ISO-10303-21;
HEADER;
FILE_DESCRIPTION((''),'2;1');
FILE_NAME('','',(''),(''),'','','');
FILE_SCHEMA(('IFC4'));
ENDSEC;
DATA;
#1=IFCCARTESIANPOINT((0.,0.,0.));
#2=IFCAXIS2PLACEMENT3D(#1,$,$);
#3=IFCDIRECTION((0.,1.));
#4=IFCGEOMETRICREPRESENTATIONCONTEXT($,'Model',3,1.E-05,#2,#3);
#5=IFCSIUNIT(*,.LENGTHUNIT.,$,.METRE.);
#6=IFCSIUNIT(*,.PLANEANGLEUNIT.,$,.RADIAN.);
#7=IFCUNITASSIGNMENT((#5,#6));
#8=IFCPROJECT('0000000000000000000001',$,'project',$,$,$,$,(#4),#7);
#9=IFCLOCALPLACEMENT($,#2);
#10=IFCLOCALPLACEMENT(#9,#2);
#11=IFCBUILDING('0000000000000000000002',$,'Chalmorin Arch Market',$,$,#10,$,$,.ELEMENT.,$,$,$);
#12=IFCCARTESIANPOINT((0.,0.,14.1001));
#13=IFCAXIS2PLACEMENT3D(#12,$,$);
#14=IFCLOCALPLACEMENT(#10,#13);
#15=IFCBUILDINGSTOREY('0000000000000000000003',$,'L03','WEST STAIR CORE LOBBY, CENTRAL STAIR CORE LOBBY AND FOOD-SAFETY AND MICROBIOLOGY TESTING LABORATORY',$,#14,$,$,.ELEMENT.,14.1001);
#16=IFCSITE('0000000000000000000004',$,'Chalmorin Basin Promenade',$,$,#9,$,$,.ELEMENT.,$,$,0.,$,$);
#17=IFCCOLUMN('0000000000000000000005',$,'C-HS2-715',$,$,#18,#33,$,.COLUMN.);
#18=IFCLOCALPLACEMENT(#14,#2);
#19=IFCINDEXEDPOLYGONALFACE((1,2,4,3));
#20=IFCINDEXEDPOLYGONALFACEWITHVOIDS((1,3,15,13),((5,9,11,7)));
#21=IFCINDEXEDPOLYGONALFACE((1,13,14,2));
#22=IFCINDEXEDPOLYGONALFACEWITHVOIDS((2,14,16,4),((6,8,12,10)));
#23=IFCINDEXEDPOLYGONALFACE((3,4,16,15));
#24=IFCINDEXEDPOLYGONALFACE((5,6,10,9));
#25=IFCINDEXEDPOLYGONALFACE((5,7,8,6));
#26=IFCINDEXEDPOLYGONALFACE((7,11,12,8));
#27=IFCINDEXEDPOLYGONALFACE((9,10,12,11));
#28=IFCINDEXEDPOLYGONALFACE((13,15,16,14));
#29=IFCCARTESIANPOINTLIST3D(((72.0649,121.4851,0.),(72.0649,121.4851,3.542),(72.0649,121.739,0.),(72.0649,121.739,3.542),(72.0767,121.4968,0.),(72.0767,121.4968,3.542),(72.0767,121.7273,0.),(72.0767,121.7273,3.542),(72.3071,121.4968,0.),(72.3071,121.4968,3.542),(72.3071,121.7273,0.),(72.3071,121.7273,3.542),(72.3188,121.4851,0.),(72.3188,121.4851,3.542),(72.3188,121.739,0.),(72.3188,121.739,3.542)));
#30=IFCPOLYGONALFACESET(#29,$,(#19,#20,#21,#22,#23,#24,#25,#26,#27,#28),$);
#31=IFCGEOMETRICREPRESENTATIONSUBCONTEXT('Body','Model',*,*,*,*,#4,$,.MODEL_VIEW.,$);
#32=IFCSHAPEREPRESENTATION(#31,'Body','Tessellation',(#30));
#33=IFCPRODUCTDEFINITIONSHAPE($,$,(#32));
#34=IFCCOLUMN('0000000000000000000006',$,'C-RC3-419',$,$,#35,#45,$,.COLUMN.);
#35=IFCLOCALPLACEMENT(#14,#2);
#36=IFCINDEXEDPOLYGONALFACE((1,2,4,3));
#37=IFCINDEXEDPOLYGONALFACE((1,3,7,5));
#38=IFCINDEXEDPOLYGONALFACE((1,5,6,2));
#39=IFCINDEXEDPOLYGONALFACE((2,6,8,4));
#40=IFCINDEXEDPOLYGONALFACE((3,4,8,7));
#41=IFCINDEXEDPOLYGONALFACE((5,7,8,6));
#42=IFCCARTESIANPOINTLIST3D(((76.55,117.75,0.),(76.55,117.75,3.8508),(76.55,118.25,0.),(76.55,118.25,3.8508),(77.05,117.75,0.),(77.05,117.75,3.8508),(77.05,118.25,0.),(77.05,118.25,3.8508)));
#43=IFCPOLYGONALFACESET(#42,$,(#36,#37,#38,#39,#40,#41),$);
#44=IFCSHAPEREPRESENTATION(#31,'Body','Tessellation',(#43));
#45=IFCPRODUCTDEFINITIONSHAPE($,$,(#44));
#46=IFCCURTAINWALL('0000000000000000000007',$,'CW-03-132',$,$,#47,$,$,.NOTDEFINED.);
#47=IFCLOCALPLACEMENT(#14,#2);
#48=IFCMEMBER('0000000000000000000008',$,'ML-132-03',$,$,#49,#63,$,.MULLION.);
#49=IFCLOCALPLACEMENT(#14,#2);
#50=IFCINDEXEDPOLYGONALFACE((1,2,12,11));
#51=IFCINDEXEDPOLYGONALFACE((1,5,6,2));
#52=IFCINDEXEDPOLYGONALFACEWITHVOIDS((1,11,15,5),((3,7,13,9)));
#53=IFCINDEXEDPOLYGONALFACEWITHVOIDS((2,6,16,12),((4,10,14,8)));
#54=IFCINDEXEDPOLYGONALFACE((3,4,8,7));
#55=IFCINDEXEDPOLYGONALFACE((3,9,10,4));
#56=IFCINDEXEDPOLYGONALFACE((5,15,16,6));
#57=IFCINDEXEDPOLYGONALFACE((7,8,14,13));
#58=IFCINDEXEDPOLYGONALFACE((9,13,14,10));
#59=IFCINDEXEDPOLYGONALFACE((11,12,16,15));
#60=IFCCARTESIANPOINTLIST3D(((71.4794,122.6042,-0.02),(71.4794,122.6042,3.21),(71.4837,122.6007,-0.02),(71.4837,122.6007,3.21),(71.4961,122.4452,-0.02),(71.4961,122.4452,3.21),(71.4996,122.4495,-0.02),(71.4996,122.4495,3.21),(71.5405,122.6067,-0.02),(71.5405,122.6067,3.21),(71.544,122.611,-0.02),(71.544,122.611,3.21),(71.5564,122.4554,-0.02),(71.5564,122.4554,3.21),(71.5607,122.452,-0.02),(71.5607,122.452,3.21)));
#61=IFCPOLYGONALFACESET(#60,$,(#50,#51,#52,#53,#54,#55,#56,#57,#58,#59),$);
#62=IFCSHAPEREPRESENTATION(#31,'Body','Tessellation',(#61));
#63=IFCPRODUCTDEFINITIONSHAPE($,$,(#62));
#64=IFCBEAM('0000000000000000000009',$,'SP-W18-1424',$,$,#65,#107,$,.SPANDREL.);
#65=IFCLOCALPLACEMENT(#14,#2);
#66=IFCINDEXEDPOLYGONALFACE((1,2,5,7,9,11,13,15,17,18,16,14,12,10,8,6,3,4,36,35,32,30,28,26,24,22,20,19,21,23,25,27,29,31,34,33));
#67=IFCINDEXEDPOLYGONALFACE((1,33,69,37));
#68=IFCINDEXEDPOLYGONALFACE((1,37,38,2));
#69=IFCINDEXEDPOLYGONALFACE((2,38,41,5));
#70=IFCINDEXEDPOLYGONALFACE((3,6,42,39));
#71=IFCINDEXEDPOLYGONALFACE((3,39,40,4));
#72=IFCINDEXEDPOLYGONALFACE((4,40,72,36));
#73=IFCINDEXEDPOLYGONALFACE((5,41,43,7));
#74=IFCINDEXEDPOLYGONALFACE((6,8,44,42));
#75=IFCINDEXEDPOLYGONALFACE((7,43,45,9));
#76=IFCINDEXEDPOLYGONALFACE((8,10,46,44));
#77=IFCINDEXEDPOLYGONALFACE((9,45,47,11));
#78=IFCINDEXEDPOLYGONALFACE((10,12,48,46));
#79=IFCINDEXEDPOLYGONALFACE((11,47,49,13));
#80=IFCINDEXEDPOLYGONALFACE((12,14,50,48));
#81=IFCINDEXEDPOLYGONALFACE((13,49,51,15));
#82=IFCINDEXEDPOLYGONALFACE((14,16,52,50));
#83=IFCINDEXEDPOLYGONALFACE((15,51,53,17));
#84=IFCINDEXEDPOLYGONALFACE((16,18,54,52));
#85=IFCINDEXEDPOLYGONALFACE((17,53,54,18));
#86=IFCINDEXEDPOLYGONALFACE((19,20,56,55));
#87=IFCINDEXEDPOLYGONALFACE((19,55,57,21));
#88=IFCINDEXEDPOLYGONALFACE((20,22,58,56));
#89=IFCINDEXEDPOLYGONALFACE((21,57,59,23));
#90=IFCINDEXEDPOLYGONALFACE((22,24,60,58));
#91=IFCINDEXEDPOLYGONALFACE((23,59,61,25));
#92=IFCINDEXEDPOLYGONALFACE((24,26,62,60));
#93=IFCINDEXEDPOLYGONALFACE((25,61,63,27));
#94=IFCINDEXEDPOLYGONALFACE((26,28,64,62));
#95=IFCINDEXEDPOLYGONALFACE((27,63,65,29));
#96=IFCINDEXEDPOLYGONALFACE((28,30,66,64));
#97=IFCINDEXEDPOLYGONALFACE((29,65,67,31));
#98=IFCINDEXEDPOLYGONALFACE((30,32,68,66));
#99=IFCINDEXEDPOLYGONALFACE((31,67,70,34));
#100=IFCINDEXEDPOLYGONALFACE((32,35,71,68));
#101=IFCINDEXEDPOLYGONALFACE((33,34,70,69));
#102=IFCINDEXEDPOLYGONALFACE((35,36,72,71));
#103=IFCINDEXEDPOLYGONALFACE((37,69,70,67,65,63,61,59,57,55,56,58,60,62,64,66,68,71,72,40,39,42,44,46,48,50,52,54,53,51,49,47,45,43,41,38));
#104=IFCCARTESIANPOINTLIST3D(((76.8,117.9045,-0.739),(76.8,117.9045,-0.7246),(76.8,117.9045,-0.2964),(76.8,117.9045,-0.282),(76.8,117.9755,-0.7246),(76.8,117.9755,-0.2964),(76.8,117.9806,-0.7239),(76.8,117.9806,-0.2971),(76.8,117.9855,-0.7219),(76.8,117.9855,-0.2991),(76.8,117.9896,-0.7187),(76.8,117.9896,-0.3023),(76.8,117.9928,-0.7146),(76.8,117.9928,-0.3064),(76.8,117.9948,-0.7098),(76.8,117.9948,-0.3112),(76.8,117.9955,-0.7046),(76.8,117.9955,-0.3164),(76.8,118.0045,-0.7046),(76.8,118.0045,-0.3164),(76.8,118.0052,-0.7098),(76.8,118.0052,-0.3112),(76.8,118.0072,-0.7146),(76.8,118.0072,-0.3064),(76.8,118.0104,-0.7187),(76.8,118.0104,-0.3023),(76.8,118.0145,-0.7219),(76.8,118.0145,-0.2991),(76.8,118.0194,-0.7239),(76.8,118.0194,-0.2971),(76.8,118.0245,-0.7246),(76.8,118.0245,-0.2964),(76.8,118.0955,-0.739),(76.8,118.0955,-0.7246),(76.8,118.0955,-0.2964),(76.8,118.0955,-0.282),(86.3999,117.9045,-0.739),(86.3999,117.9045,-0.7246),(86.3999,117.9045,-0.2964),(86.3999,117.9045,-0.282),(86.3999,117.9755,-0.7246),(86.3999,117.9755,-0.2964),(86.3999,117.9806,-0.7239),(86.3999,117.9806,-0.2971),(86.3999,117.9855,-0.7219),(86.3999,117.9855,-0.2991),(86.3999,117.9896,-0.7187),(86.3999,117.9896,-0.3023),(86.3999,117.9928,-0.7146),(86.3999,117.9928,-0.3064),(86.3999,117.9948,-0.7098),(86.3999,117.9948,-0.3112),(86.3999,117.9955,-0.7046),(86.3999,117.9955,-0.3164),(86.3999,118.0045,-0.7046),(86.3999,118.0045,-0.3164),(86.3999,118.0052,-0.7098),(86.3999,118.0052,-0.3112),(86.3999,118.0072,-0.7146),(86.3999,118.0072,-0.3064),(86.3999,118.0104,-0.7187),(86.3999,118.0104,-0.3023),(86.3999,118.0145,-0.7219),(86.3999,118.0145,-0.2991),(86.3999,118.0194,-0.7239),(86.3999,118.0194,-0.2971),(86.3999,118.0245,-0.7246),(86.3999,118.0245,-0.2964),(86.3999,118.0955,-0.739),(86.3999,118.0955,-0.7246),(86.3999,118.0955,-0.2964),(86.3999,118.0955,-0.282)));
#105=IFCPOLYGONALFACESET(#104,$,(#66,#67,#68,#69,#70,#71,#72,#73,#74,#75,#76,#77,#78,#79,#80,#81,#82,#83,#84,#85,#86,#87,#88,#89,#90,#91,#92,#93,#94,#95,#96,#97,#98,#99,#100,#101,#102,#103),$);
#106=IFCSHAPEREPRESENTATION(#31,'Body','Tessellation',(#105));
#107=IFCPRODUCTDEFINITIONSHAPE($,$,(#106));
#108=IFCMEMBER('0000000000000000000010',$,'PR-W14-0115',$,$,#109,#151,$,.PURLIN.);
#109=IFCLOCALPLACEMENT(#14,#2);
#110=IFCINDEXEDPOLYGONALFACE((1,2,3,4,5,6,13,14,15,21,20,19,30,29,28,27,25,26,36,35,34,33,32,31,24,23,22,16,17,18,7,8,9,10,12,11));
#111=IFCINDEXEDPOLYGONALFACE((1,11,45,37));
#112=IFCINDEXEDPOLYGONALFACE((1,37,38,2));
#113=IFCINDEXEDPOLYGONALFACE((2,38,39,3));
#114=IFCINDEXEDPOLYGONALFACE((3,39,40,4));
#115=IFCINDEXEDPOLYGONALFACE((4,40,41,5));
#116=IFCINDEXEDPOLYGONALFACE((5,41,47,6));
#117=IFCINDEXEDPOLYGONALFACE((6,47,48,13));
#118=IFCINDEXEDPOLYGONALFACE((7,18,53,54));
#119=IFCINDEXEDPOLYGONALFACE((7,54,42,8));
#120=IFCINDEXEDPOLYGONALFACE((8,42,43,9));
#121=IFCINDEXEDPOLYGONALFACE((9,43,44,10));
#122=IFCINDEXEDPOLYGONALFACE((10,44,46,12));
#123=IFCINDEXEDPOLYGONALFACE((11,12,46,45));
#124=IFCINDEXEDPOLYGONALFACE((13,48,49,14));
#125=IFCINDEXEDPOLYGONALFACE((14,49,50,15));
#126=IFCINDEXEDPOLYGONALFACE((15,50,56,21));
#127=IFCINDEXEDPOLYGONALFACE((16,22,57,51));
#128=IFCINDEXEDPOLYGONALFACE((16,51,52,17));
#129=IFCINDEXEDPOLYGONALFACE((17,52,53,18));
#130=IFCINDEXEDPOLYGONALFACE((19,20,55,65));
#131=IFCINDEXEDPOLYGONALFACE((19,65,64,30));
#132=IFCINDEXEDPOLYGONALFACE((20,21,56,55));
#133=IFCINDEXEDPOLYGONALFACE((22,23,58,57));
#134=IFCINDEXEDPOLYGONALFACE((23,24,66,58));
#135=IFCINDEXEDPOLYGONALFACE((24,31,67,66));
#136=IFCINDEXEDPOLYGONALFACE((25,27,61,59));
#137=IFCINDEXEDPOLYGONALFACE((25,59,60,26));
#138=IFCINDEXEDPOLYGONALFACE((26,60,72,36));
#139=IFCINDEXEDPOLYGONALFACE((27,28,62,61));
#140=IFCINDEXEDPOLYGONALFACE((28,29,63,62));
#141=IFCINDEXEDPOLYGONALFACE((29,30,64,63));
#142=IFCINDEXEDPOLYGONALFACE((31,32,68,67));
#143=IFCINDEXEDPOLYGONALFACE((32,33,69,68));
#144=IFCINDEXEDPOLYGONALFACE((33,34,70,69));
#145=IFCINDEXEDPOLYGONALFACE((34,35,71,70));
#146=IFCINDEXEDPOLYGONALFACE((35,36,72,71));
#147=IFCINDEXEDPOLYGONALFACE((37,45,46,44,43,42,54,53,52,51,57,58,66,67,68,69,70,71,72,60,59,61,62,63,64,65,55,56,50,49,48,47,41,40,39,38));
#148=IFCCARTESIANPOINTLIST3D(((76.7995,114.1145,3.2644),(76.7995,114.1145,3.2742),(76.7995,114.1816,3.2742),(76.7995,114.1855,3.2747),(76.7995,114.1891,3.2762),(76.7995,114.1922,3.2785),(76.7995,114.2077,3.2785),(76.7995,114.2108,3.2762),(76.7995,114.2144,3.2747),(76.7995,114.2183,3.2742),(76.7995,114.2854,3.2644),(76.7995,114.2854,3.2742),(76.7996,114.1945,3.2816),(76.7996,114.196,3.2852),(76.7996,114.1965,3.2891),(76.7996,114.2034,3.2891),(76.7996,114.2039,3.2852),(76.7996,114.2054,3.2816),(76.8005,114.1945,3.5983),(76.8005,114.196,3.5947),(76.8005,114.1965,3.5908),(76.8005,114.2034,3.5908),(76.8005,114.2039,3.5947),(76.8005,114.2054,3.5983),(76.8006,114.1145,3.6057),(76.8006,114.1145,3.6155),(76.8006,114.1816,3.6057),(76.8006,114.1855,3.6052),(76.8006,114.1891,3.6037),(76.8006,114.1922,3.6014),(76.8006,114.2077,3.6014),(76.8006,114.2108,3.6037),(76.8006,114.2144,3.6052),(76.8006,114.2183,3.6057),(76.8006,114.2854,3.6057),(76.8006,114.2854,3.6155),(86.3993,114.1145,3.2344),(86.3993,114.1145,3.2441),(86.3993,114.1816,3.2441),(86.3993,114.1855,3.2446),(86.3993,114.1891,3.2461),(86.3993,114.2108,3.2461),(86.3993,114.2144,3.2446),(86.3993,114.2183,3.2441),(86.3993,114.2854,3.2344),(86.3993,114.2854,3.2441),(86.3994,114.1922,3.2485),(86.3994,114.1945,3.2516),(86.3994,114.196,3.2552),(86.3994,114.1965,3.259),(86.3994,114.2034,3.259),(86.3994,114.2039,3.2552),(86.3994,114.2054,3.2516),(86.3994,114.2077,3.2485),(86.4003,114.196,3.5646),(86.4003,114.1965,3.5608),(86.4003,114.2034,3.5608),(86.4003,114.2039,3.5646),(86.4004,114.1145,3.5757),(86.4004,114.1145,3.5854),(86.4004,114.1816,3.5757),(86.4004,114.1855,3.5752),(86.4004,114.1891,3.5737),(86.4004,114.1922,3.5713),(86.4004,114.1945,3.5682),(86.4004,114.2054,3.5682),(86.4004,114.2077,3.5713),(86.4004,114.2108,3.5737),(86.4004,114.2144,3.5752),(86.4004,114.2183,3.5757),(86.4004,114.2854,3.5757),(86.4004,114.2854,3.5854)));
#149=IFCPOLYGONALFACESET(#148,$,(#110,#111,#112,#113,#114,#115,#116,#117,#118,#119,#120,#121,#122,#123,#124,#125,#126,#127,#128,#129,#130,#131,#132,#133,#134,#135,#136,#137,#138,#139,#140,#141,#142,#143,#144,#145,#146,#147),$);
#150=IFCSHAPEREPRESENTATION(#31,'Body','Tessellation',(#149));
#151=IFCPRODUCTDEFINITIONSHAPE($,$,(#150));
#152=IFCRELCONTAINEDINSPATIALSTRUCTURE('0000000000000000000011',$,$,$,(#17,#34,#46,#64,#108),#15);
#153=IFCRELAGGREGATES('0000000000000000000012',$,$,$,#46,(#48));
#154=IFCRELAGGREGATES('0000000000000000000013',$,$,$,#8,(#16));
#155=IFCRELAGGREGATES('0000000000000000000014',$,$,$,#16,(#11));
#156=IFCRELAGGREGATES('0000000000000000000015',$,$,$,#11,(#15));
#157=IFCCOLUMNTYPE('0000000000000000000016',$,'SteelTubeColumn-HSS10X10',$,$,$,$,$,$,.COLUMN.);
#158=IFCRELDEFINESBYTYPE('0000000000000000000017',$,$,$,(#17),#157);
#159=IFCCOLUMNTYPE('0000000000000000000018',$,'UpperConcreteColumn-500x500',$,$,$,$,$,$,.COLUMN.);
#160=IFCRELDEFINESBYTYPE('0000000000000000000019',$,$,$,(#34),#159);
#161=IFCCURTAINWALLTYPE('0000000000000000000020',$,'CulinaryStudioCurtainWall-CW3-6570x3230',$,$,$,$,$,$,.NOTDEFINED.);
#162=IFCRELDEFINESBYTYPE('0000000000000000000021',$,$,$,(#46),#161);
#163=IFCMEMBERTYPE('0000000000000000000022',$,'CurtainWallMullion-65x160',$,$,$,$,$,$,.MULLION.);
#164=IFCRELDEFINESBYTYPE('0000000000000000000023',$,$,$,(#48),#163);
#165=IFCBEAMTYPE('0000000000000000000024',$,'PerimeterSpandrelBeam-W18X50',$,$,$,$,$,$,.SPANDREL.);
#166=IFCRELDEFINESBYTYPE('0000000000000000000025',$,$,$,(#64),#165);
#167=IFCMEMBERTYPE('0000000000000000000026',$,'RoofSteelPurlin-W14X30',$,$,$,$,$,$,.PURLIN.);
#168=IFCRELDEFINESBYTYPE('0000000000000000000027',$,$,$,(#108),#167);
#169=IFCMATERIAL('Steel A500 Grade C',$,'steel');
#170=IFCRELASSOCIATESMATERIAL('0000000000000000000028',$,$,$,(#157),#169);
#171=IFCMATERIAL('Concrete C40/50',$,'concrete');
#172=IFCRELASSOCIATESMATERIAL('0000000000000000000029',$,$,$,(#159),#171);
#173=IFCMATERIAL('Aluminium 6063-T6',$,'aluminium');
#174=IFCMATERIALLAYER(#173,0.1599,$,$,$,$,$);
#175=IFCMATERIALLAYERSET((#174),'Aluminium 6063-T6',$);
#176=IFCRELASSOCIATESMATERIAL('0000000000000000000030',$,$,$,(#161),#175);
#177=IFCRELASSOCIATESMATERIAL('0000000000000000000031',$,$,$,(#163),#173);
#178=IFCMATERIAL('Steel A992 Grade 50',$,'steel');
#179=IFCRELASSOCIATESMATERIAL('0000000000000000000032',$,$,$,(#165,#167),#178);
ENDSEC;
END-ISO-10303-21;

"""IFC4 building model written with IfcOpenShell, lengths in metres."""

from ifc_helpers import new_model, si_unit, direction, frame, origin, origin_2d, place, context, subcontext, project, spatial, rectangle, hollow_rectangle, i_section, extrude, material, layer, layer_set, material_profile, profile_set, type_object, element, aggregate, save


model = new_model("IFC4")

# Units and contexts
model_context = context("Model", 3, precision=1e-05, world=origin(), true_north=direction((0.0, 1.0)))
body_context = subcontext(model_context, "Body", "Model", "MODEL_VIEW")
ifc_project = project(units=[si_unit("LENGTHUNIT", "METRE"), si_unit("PLANEANGLEUNIT", "RADIAN")], contexts=[model_context])

# Site, building, storey
site_placement = place(None, origin())
site = spatial("IfcSite", under=ifc_project, at=site_placement, Name="Chalmorin Basin Promenade", CompositionType="ELEMENT", RefElevation=0.0)
building_placement = place(site_placement, origin())
building = spatial("IfcBuilding", under=site, at=building_placement, Name="Chalmorin Arch Market", CompositionType="ELEMENT")
storey_placement = place(building_placement, frame((0.0, 0.0, 14.1001)))
storey = spatial("IfcBuildingStorey", under=building, at=storey_placement, Name="L03", Description="WEST STAIR CORE LOBBY, CENTRAL STAIR CORE LOBBY AND FOOD-SAFETY AND MICROBIOLOGY TESTING LABORATORY", CompositionType="ELEMENT", Elevation=14.1001)

# Columns
ifc_material_1 = material(Name="Steel A500 Grade C", Category="steel")
ifc_material_profile_1 = material_profile(ifc_material_1, hollow_rectangle(XDim=0.2539, YDim=0.2539, WallThickness=0.0117, at=origin_2d()), Name="HSS10X10X1/2")
ifc_profile_set_1 = profile_set([ifc_material_profile_1], Name="Steel A500 Grade C")
column_type_1 = type_object("IfcColumnType", Name="SteelTubeColumn-HSS10X10", PredefinedType="COLUMN", material=ifc_profile_set_1)
column_1_placement = place(storey_placement, frame((72.1919, 121.6121, 0.0), z_axis=(0.0, 0.0, 1.0), x_axis=(1.0, 0.0, 0.0)))
element("IfcColumn", 1, at=column_1_placement, inside=storey, type_object=column_type_1, Name="C-HS2-715", PredefinedType="COLUMN", context=body_context, shape_type="SweptSolid", body=[
    extrude(hollow_rectangle(XDim=0.2539, YDim=0.2539, WallThickness=0.0117, at=origin_2d()), origin(), (0.0, 0.0, 1.0), 3.542),
])
ifc_material_2 = material(Name="Concrete C40/50", Category="concrete")
ifc_material_profile_2 = material_profile(ifc_material_2, rectangle(XDim=0.5, YDim=0.5, at=origin_2d()), Name="RC500X500")
ifc_profile_set_2 = profile_set([ifc_material_profile_2], Name="Concrete C40/50")
column_type_2 = type_object("IfcColumnType", Name="UpperConcreteColumn-500x500", PredefinedType="COLUMN", material=ifc_profile_set_2)
column_2_placement = place(storey_placement, frame((76.8, 118.0, 0.0), z_axis=(0.0, 0.0, 1.0), x_axis=(1.0, 0.0, 0.0)))
element("IfcColumn", 2, at=column_2_placement, inside=storey, type_object=column_type_2, Name="C-RC3-419", PredefinedType="COLUMN", context=body_context, shape_type="SweptSolid", body=[
    extrude(rectangle(XDim=0.5, YDim=0.5, at=origin_2d()), origin(), (0.0, 0.0, 1.0), 3.8508),
])

# Curtain wall, member
ifc_material_3 = material(Name="Aluminium 6063-T6", Category="aluminium")
ifc_layer_1 = layer(ifc_material_3, 0.1599)
ifc_layer_set_1 = layer_set([ifc_layer_1], Name="Aluminium 6063-T6")
curtain_wall_type = type_object("IfcCurtainWallType", Name="CulinaryStudioCurtainWall-CW3-6570x3230", PredefinedType="NOTDEFINED", material=ifc_layer_set_1)
curtain_wall_placement = place(storey_placement, origin())
curtain_wall = element("IfcCurtainWall", 3, at=curtain_wall_placement, inside=storey, type_object=curtain_wall_type, Name="CW-03-132", PredefinedType="NOTDEFINED")
ifc_material_profile_3 = material_profile(ifc_material_3, hollow_rectangle(XDim=0.0649, YDim=0.1599, WallThickness=0.0039, at=origin_2d()), Name="ALU65X160X4")
ifc_profile_set_3 = profile_set([ifc_material_profile_3], Name="Aluminium 6063-T6")
member_type_1 = type_object("IfcMemberType", Name="CurtainWallMullion-65x160", PredefinedType="MULLION", material=ifc_profile_set_3)
member_1_placement = place(storey_placement, frame((71.52, 122.5281, -0.02), z_axis=(0.0, 0.0, 1.0), x_axis=(0.994522, 0.104528, 0.0)))
member_1 = element("IfcMember", 4, at=member_1_placement, type_object=member_type_1, Name="ML-132-03", PredefinedType="MULLION", context=body_context, shape_type="SweptSolid", body=[
    extrude(hollow_rectangle(XDim=0.0649, YDim=0.1599, WallThickness=0.0039, at=origin_2d()), origin(), (0.0, 0.0, 1.0), 3.23),
])

# Beam
ifc_material_4 = material(Name="Steel A992 Grade 50", Category="steel")
ifc_material_profile_4 = material_profile(ifc_material_4, i_section(OverallWidth=0.1909, OverallDepth=0.457, WebThickness=0.009, FlangeThickness=0.0144, FilletRadius=0.02, at=origin_2d()), Name="W18X50")
ifc_profile_set_4 = profile_set([ifc_material_profile_4], Name="Steel A992 Grade 50")
beam_type_1 = type_object("IfcBeamType", Name="PerimeterSpandrelBeam-W18X50", PredefinedType="SPANDREL", material=ifc_profile_set_4)
beam_placement = place(storey_placement, frame((76.8, 118.0, -0.5105), z_axis=(1.0, 0.0, 0.0), x_axis=(0.0, 1.0, 0.0)))
element("IfcBeam", 5, at=beam_placement, inside=storey, type_object=beam_type_1, Name="SP-W18-1424", PredefinedType="SPANDREL", context=body_context, shape_type="SweptSolid", body=[
    extrude(i_section(OverallWidth=0.1909, OverallDepth=0.457, WebThickness=0.009, FlangeThickness=0.0144, FilletRadius=0.02, at=origin_2d()), origin(), (0.0, 0.0, 1.0), 9.5999),
])

# Member
ifc_material_profile_5 = material_profile(ifc_material_4, i_section(OverallWidth=0.1709, OverallDepth=0.3511, WebThickness=0.0068, FlangeThickness=0.0098, FilletRadius=0.0149, at=origin_2d()), Name="W14X30")
ifc_profile_set_5 = profile_set([ifc_material_profile_5], Name="Steel A992 Grade 50")
member_type_2 = type_object("IfcMemberType", Name="RoofSteelPurlin-W14X30", PredefinedType="PURLIN", material=ifc_profile_set_5)
member_2_placement = place(storey_placement, frame((76.8, 114.2, 3.4399), z_axis=(0.999995, 0.0, -0.003128), x_axis=(0.0, 1.0, 0.0)))
element("IfcMember", 6, at=member_2_placement, inside=storey, type_object=member_type_2, Name="PR-W14-0115", PredefinedType="PURLIN", context=body_context, shape_type="SweptSolid", body=[
    extrude(i_section(OverallWidth=0.1709, OverallDepth=0.3511, WebThickness=0.0068, FlangeThickness=0.0098, FilletRadius=0.0149, at=origin_2d()), origin(), (0.0, 0.0, 1.0), 9.5999),
])

aggregate(curtain_wall, [member_1])

save(model, "model.ifc")
